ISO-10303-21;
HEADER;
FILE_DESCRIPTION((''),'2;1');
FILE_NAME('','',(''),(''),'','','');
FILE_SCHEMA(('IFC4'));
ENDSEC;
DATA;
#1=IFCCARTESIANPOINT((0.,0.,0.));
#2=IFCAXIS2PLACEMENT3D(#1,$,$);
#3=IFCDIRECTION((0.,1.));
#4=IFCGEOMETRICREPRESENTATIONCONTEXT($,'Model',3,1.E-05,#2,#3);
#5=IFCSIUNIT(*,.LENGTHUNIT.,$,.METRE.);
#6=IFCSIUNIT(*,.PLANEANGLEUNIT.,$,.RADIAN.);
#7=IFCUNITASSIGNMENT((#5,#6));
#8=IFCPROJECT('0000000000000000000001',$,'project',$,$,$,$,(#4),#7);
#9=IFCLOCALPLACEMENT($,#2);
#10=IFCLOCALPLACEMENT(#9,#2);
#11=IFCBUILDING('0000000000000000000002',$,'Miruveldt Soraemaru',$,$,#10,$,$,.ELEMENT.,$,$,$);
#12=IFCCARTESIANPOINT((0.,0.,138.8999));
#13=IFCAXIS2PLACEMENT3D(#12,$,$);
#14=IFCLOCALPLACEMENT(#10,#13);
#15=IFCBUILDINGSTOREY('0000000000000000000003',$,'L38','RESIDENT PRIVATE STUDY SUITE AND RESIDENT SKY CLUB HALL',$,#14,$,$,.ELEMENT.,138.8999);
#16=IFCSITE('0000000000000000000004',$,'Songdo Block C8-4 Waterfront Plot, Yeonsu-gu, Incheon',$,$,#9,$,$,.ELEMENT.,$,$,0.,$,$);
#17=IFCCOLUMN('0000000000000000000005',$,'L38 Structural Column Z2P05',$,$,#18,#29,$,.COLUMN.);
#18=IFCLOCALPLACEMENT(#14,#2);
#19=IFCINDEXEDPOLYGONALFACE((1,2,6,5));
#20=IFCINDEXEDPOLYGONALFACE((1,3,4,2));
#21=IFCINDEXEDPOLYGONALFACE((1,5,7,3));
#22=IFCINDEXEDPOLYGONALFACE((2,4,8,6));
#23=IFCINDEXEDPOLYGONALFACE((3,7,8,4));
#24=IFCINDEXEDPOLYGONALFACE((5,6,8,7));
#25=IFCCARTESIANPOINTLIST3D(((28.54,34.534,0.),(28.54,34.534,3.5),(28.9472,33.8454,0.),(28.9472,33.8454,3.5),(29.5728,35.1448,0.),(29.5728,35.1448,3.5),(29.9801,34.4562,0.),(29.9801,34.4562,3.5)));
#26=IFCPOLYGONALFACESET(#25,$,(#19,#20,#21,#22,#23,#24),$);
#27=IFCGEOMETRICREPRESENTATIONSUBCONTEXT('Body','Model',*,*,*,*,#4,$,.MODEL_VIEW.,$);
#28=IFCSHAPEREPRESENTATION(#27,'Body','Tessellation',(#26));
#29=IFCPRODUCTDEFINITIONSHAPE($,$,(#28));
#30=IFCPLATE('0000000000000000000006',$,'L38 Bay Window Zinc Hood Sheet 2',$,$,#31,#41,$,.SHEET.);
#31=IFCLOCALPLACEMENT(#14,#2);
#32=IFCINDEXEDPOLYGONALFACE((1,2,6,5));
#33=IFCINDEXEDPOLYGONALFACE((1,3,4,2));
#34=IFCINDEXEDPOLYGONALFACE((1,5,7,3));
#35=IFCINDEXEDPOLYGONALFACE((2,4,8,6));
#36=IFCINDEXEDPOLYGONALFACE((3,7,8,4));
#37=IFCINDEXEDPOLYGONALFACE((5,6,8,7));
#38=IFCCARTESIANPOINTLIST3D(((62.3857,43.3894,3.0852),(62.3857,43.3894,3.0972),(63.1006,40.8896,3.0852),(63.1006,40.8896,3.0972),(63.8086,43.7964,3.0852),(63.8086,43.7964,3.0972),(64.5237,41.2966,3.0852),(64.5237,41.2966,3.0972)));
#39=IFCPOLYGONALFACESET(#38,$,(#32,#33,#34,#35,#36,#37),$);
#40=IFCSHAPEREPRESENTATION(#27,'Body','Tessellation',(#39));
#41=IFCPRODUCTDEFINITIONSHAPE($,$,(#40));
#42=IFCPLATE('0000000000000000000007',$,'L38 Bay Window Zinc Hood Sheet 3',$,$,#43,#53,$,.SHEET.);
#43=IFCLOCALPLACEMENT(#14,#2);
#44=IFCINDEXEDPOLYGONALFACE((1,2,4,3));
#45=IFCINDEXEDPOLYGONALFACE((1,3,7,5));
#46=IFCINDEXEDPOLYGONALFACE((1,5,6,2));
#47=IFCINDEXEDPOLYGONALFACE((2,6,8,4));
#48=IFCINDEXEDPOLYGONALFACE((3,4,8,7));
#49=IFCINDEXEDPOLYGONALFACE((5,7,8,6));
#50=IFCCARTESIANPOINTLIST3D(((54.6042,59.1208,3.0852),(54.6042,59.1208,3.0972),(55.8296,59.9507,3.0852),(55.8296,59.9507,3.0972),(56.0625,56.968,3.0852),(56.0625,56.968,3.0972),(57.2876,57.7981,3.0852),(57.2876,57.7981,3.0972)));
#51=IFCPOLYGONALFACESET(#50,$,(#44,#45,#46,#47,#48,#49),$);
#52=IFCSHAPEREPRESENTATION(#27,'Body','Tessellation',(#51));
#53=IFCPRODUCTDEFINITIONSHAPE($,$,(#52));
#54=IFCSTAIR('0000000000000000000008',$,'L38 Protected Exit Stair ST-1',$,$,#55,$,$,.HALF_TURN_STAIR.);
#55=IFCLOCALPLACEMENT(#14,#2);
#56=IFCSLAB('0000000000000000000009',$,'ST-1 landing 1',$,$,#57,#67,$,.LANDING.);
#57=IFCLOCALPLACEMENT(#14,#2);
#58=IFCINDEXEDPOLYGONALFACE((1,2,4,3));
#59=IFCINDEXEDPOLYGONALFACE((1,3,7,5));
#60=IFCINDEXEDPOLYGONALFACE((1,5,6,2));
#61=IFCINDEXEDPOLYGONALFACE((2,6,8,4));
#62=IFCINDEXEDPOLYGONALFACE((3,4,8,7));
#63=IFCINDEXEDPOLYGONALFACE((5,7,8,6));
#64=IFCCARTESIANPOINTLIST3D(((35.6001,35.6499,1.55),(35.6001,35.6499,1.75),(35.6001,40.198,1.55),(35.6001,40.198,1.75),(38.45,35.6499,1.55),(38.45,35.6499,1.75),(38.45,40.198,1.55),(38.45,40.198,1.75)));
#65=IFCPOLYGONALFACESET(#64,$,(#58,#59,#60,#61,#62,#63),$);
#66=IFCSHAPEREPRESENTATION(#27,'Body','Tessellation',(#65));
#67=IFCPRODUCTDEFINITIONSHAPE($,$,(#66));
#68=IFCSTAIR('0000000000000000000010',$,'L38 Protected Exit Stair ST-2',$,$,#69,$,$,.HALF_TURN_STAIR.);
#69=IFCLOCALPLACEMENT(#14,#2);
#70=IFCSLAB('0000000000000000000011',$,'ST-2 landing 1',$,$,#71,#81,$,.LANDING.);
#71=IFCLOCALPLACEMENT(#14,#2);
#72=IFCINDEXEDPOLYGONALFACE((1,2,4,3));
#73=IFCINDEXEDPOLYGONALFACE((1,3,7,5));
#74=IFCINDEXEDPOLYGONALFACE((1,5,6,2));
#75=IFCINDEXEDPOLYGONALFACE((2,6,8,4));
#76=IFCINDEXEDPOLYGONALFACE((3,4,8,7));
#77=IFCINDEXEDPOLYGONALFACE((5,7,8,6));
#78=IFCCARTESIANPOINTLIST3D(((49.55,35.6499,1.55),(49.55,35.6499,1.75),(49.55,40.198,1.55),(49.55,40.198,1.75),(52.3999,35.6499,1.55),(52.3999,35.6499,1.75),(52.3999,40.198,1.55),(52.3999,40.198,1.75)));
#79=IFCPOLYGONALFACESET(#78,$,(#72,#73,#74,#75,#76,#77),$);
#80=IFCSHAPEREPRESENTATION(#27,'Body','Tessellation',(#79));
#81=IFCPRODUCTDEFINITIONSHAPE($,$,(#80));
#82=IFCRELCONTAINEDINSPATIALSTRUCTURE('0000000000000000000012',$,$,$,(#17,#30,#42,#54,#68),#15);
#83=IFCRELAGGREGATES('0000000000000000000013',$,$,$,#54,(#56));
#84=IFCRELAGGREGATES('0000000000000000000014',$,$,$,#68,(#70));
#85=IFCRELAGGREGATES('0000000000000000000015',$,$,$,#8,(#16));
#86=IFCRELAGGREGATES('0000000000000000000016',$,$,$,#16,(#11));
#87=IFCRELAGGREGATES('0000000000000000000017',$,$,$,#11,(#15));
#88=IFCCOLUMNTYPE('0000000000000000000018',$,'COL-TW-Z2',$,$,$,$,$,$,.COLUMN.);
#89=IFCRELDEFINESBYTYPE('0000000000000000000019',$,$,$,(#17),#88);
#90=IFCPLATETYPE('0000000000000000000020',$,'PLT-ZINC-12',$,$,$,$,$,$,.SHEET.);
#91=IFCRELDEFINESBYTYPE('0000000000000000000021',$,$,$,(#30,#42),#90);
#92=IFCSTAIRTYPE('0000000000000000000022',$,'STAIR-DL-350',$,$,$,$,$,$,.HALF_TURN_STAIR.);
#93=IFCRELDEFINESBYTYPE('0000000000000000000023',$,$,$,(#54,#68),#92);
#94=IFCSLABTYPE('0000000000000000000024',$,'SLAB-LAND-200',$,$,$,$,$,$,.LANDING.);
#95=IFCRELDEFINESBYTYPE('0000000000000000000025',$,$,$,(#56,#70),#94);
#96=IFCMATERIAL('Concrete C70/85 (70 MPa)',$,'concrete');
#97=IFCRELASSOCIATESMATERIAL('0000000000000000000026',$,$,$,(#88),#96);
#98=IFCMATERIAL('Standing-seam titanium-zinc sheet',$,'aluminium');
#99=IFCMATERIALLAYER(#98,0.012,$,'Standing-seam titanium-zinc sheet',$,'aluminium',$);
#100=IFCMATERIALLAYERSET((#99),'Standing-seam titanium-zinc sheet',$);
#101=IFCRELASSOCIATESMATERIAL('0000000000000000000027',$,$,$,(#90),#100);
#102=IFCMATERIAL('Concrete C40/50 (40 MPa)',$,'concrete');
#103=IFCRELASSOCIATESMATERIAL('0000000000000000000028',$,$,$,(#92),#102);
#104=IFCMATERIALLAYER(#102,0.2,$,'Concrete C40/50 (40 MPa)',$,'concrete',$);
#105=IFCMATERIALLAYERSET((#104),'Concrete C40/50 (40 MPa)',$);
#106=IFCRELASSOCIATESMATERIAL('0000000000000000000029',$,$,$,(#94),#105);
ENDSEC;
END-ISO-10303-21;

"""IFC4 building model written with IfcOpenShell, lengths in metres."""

from ifc_helpers import new_model, si_unit, direction, frame, origin, origin_2d, place, context, subcontext, project, spatial, polyline, rectangle, outline, extrude, material, layer, layer_set, material_profile, profile_set, type_object, element, aggregate, save


model = new_model("IFC4")

# Units and contexts
model_context = context("Model", 3, precision=1e-05, world=origin(), true_north=direction((0.0, 1.0)))
body_context = subcontext(model_context, "Body", "Model", "MODEL_VIEW")
ifc_project = project(units=[si_unit("LENGTHUNIT", "METRE"), si_unit("PLANEANGLEUNIT", "RADIAN")], contexts=[model_context])

# Site, building, storey
site_placement = place(None, origin())
site = spatial("IfcSite", under=ifc_project, at=site_placement, Name="Songdo Block C8-4 Waterfront Plot, Yeonsu-gu, Incheon", CompositionType="ELEMENT", RefElevation=0.0)
building_placement = place(site_placement, origin())
building = spatial("IfcBuilding", under=site, at=building_placement, Name="Miruveldt Soraemaru", CompositionType="ELEMENT")
storey_placement = place(building_placement, frame((0.0, 0.0, 138.8999)))
storey = spatial("IfcBuildingStorey", under=building, at=storey_placement, Name="L38", Description="RESIDENT PRIVATE STUDY SUITE AND RESIDENT SKY CLUB HALL", CompositionType="ELEMENT", Elevation=138.8999)

# Column
ifc_material_1 = material(Name="Concrete C70/85 (70 MPa)", Category="concrete")
ifc_material_profile = material_profile(ifc_material_1, rectangle(XDim=1.2, YDim=0.8, at=origin_2d()), Name="Concrete C70/85 (70 MPa)", Category="concrete")
ifc_profile_set = profile_set([ifc_material_profile], Name="Concrete C70/85 (70 MPa)")
column_type = type_object("IfcColumnType", Name="COL-TW-Z2", PredefinedType="COLUMN", material=ifc_profile_set)
column_placement = place(storey_placement, frame((29.26, 34.4951, 0.0), z_axis=(0.0, 0.0, 1.0), x_axis=(0.860742, 0.509041, 0.0)))
element("IfcColumn", 1, at=column_placement, inside=storey, type_object=column_type, Name="L38 Structural Column Z2P05", PredefinedType="COLUMN", context=body_context, shape_type="SweptSolid", body=[
    extrude(rectangle(XDim=1.2, YDim=0.8, at=origin_2d()), origin(), (0.0, 0.0, 1.0), 3.5),
])

# Plates
ifc_material_2 = material(Name="Standing-seam titanium-zinc sheet", Category="aluminium")
ifc_layer_1 = layer(ifc_material_2, 0.012, Name="Standing-seam titanium-zinc sheet", Category="aluminium")
ifc_layer_set_1 = layer_set([ifc_layer_1], Name="Standing-seam titanium-zinc sheet")
plate_type = type_object("IfcPlateType", Name="PLT-ZINC-12", PredefinedType="SHEET", material=ifc_layer_set_1)
plate_1_placement = place(storey_placement, frame((0.0, 0.0, 3.0852)))
element("IfcPlate", 2, at=plate_1_placement, inside=storey, type_object=plate_type, Name="L38 Bay Window Zinc Hood Sheet 2", PredefinedType="SHEET", context=body_context, shape_type="SweptSolid", body=[
    extrude(outline(polyline([(63.1006, 40.8896), (62.3857, 43.3894), (63.8086, 43.7964), (64.5237, 41.2966), (63.1006, 40.8896)])), origin(), (0.0, 0.0, 1.0), 0.012),
])
plate_2_placement = place(storey_placement, frame((0.0, 0.0, 3.0852)))
element("IfcPlate", 3, at=plate_2_placement, inside=storey, type_object=plate_type, Name="L38 Bay Window Zinc Hood Sheet 3", PredefinedType="SHEET", context=body_context, shape_type="SweptSolid", body=[
    extrude(outline(polyline([(56.0625, 56.968), (54.6042, 59.1208), (55.8296, 59.9507), (57.2876, 57.7981), (56.0625, 56.968)])), origin(), (0.0, 0.0, 1.0), 0.012),
])

# Stairs, slabs
ifc_material_3 = material(Name="Concrete C40/50 (40 MPa)", Category="concrete")
stair_type = type_object("IfcStairType", Name="STAIR-DL-350", PredefinedType="HALF_TURN_STAIR", material=ifc_material_3)
stair_1_placement = place(storey_placement, origin())
stair_1 = element("IfcStair", 4, at=stair_1_placement, inside=storey, type_object=stair_type, Name="L38 Protected Exit Stair ST-1", PredefinedType="HALF_TURN_STAIR")
ifc_layer_2 = layer(ifc_material_3, 0.2, Name="Concrete C40/50 (40 MPa)", Category="concrete")
ifc_layer_set_2 = layer_set([ifc_layer_2], Name="Concrete C40/50 (40 MPa)")
slab_type_1 = type_object("IfcSlabType", Name="SLAB-LAND-200", PredefinedType="LANDING", material=ifc_layer_set_2)
slab_1_placement = place(storey_placement, frame((0.0, 0.0, 1.55)))
slab_1 = element("IfcSlab", 5, at=slab_1_placement, type_object=slab_type_1, Name="ST-1 landing 1", PredefinedType="LANDING", context=body_context, shape_type="SweptSolid", body=[
    extrude(outline(polyline([(35.6001, 40.198), (35.6001, 35.6499), (38.45, 35.6499), (38.45, 40.198), (35.6001, 40.198)])), origin(), (0.0, 0.0, 1.0), 0.2),
])
aggregate(stair_1, [slab_1])
stair_2_placement = place(storey_placement, origin())
stair_2 = element("IfcStair", 6, at=stair_2_placement, inside=storey, type_object=stair_type, Name="L38 Protected Exit Stair ST-2", PredefinedType="HALF_TURN_STAIR")
slab_2_placement = place(storey_placement, frame((0.0, 0.0, 1.55)))
slab_2 = element("IfcSlab", 7, at=slab_2_placement, type_object=slab_type_1, Name="ST-2 landing 1", PredefinedType="LANDING", context=body_context, shape_type="SweptSolid", body=[
    extrude(outline(polyline([(49.55, 40.198), (49.55, 35.6499), (52.3999, 35.6499), (52.3999, 40.198), (49.55, 40.198)])), origin(), (0.0, 0.0, 1.0), 0.2),
])
aggregate(stair_2, [slab_2])

save(model, "model.ifc")
